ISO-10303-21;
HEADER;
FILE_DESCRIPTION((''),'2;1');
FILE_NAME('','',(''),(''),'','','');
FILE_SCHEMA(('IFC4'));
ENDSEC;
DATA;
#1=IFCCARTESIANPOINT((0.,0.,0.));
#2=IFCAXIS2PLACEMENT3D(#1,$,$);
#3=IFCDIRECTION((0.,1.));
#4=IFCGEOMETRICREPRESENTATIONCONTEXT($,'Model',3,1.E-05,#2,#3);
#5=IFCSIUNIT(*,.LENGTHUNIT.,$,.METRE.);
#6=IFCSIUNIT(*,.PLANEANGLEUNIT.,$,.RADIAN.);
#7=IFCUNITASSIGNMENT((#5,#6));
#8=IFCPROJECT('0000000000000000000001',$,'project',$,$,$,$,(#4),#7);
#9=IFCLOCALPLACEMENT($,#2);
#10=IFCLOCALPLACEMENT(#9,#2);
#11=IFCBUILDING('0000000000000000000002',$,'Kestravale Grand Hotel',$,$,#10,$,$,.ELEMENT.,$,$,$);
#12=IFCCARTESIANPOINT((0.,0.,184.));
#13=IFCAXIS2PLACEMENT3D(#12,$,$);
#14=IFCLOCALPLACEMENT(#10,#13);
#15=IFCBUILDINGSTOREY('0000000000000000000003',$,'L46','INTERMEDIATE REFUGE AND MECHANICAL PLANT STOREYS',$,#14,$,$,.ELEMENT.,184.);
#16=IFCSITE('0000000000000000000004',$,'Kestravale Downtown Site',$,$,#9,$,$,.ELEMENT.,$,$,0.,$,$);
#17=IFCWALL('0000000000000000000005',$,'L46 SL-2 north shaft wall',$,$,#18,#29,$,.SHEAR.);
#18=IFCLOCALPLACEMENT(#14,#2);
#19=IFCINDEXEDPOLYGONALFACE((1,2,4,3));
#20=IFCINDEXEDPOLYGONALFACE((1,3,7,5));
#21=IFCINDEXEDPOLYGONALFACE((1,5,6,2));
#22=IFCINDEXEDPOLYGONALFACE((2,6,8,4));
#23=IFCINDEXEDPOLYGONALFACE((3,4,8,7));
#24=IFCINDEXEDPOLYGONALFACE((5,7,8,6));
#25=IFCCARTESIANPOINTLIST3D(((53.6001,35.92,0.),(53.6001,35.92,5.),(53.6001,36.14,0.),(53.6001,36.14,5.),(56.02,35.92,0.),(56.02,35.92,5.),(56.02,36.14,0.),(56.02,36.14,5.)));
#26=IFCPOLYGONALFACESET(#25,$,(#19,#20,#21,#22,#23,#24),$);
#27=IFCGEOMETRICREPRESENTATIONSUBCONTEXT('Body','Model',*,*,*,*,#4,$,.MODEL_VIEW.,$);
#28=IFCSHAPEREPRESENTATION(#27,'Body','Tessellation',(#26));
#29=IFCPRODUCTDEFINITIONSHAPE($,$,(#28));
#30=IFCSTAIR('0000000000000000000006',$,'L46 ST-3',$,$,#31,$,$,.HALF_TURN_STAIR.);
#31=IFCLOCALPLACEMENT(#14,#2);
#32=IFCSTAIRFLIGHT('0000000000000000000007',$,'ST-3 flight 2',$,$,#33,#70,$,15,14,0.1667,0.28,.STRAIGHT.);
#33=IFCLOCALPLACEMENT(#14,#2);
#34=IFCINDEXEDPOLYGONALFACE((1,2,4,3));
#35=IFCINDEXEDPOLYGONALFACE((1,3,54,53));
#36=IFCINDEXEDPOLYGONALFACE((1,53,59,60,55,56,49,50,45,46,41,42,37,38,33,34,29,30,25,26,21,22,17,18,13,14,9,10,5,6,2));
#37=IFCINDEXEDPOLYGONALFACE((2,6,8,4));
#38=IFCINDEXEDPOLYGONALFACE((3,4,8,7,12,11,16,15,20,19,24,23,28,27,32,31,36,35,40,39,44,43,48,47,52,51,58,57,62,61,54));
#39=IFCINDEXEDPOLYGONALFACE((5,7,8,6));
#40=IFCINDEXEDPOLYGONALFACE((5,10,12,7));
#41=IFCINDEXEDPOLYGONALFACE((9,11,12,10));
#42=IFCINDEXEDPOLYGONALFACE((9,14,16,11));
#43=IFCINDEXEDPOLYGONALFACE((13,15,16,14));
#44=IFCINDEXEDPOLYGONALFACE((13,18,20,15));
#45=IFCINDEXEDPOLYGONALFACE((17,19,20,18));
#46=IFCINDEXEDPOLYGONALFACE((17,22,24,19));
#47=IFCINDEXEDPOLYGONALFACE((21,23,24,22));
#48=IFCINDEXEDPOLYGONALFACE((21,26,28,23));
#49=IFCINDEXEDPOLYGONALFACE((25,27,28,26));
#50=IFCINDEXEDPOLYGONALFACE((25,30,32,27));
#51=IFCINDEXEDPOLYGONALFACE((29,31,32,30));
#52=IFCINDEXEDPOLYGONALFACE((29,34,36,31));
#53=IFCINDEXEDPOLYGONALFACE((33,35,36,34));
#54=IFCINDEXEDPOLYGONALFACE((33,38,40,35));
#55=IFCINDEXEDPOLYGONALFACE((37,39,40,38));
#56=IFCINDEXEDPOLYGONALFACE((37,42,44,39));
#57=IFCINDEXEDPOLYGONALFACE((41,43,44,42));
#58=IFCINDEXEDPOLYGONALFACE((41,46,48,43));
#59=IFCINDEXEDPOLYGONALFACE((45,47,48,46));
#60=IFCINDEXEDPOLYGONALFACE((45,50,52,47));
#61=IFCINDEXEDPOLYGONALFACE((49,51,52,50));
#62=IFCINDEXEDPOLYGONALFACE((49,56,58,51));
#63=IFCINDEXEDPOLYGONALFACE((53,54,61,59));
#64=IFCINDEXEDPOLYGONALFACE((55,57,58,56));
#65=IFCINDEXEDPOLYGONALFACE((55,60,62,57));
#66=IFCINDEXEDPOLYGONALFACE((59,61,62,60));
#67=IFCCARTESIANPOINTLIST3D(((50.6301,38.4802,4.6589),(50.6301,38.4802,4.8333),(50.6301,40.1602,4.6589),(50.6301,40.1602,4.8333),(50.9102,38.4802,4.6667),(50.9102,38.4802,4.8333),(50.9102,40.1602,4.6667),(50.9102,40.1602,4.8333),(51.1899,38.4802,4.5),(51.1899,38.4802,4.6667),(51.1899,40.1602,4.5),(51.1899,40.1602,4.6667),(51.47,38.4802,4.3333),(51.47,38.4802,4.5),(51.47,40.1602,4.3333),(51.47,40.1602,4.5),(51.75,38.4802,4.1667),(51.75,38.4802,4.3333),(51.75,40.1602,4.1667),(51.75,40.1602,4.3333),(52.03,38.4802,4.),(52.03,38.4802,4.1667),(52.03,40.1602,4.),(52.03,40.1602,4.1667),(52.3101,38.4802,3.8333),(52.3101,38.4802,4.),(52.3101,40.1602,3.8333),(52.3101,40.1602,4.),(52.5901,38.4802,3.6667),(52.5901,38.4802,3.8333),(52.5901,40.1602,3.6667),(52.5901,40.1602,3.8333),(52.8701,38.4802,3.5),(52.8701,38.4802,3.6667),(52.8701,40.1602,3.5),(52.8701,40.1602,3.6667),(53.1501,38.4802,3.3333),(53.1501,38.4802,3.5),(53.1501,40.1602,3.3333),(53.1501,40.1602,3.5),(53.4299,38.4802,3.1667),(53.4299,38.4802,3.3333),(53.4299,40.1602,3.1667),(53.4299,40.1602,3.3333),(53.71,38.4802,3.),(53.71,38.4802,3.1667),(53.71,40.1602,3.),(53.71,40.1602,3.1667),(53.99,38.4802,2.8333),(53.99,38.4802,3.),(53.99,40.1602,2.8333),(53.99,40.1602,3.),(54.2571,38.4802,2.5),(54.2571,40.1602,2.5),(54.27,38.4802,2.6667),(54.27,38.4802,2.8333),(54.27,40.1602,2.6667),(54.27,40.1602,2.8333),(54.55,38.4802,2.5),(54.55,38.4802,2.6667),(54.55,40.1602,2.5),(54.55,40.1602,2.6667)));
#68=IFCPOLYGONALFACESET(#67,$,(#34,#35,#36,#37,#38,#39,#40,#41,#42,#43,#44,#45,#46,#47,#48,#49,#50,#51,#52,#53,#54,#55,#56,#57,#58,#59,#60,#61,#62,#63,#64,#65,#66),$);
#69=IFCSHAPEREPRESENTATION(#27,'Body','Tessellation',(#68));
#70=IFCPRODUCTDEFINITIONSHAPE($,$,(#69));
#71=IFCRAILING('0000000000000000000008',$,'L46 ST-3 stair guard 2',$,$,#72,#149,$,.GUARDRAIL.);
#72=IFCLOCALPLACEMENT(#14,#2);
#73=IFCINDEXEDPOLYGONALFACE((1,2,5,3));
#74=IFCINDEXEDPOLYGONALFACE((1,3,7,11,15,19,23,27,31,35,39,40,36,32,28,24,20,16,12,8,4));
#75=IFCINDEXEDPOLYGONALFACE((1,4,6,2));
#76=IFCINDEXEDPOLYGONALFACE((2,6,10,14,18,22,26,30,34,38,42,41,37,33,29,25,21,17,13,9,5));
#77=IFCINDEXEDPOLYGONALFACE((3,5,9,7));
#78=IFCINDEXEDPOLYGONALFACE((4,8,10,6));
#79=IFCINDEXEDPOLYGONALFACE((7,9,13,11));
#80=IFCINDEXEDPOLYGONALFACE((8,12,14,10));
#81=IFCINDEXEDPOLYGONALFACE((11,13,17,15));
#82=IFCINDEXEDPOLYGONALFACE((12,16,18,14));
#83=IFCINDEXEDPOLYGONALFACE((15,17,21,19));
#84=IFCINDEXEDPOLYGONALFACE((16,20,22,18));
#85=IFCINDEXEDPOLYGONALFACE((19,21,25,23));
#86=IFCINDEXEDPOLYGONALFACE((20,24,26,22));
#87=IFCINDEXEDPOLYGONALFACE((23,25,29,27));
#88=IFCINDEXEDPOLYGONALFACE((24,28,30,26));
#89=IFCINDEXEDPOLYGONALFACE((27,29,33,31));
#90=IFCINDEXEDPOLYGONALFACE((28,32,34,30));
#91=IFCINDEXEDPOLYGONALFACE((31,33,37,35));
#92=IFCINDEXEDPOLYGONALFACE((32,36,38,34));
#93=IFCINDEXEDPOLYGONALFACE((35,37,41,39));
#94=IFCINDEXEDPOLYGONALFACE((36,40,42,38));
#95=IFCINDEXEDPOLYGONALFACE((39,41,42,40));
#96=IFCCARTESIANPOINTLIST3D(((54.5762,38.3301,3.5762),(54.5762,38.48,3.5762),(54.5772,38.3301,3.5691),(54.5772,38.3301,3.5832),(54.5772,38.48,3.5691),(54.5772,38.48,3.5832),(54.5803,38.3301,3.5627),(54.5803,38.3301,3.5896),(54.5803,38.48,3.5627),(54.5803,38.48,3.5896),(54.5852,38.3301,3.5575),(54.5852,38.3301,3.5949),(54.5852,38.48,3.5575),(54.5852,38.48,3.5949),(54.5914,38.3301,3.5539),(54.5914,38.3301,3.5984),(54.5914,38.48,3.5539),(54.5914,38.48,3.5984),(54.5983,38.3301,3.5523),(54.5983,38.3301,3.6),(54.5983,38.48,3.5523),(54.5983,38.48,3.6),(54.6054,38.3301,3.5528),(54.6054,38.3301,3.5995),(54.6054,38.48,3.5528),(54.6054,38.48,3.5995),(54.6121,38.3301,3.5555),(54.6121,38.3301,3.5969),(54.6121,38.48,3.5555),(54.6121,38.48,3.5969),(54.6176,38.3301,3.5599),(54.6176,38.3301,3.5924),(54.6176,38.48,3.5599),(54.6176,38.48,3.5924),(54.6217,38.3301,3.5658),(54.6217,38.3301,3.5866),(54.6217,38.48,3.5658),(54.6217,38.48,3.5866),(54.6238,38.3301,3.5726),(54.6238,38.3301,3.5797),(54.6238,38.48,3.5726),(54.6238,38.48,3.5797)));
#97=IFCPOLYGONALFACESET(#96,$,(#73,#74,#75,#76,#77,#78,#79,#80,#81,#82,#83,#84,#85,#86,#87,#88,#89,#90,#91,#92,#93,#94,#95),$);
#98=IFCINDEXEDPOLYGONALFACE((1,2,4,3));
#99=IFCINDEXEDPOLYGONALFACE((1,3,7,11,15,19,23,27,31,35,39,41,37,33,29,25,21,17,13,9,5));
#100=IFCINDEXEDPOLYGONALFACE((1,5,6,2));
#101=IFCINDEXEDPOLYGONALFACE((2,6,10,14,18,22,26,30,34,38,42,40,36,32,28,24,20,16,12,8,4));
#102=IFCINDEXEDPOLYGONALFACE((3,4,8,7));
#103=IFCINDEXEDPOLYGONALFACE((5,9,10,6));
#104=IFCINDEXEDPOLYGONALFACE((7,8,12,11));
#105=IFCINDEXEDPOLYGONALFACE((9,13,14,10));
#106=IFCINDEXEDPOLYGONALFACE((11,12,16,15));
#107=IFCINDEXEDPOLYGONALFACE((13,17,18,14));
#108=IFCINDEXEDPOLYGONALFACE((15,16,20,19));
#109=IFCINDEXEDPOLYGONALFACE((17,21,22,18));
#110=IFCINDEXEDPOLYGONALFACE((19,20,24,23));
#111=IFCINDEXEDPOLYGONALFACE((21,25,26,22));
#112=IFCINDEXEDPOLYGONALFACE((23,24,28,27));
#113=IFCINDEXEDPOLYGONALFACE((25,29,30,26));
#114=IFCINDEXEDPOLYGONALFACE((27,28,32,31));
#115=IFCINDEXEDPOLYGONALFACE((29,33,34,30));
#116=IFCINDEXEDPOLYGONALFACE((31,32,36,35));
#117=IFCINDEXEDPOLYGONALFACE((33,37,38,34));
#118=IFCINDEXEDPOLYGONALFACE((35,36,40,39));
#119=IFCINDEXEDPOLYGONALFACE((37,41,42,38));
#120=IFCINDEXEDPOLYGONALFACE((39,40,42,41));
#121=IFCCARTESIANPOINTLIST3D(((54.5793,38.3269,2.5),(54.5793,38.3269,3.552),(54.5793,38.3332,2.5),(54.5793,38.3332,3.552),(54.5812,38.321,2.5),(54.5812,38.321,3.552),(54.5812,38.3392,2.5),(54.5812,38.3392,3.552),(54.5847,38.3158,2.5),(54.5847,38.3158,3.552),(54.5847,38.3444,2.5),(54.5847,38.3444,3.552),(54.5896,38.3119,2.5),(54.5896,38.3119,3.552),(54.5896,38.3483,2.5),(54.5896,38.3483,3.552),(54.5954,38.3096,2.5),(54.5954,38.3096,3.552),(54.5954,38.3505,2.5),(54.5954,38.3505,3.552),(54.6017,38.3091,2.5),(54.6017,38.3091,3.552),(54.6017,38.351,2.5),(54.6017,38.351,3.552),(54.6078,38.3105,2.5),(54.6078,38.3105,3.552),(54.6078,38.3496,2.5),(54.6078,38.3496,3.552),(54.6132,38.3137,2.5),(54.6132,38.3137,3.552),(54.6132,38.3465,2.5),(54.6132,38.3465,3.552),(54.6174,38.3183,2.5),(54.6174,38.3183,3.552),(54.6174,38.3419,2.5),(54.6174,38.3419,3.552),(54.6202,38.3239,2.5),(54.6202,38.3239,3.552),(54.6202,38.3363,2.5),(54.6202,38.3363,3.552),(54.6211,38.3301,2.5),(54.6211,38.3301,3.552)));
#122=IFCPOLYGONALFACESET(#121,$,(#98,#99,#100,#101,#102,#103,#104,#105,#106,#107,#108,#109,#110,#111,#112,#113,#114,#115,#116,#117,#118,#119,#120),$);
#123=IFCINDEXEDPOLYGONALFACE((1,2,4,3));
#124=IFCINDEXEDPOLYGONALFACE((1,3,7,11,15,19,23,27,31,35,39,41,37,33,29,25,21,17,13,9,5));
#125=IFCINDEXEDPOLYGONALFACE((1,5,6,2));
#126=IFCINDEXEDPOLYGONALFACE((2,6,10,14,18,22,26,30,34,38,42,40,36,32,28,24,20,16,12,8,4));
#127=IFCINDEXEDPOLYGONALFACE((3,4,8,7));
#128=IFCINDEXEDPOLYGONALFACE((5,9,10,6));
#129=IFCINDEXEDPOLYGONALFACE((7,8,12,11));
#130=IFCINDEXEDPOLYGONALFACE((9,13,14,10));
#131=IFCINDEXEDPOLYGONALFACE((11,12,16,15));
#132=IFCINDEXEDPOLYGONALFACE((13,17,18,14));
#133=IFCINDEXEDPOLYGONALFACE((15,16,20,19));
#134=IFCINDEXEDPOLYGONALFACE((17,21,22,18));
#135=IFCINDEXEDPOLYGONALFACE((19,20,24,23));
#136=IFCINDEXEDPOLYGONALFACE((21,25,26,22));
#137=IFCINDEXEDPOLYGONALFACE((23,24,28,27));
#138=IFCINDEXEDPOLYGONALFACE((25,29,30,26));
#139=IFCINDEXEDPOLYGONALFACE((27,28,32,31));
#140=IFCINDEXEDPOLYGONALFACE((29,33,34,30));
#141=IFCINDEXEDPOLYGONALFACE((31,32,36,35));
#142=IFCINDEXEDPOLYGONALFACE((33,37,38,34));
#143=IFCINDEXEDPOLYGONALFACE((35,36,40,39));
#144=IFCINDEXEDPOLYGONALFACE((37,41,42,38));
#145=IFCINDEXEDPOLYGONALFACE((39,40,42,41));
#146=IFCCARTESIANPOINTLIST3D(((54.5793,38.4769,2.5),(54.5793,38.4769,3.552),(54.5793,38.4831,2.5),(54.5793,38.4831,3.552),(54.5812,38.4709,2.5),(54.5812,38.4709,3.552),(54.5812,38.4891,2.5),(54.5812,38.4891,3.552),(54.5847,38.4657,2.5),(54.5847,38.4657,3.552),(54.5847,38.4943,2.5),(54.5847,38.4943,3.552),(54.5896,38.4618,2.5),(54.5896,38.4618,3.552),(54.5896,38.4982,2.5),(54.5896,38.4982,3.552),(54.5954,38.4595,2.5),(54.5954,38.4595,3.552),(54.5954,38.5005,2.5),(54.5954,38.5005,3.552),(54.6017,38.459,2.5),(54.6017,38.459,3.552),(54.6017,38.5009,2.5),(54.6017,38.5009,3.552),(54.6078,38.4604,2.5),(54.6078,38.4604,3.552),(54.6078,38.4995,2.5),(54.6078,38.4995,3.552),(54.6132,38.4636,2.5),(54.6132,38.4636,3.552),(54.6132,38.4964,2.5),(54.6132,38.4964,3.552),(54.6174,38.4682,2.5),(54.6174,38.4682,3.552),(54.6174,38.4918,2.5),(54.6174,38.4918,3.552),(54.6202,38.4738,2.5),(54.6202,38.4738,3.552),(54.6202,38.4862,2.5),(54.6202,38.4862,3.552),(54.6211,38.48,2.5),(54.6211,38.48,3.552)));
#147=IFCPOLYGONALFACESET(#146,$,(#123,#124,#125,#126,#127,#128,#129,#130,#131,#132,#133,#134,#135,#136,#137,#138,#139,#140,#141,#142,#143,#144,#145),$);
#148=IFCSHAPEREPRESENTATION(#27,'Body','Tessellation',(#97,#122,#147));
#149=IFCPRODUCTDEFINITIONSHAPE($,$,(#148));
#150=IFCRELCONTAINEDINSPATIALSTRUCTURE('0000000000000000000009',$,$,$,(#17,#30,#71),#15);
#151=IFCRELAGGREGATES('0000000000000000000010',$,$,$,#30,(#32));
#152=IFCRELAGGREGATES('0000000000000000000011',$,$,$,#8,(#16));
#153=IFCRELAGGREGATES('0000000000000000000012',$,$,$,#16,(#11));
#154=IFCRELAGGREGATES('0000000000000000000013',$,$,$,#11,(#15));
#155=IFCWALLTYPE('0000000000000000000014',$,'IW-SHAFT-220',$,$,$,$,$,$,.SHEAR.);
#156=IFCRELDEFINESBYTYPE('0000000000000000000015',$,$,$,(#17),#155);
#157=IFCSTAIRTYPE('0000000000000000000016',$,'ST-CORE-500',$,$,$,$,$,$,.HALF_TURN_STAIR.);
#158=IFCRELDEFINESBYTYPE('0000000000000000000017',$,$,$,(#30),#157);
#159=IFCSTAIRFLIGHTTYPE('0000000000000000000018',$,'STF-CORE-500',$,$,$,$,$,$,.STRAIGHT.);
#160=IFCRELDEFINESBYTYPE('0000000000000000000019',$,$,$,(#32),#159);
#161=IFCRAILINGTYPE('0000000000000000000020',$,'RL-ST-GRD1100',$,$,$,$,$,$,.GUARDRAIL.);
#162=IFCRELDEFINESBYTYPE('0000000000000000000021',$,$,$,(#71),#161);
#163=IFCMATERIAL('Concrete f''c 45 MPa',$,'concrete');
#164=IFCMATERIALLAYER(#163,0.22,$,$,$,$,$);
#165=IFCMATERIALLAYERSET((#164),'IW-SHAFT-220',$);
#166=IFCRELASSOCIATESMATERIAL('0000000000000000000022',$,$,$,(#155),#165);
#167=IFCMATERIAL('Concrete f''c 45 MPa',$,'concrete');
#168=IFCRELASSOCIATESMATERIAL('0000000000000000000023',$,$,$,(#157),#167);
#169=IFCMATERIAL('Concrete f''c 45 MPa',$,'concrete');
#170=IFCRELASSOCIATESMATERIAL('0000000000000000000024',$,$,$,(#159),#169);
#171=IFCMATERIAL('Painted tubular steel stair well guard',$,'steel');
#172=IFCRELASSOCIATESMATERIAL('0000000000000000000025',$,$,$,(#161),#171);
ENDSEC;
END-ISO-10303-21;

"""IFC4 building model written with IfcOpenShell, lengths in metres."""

from ifc_helpers import new_model, si_unit, direction, frame, frame_2d, origin, origin_2d, place, context, subcontext, project, spatial, polyline, rectangle, circle, outline, extrude, material, layer, layer_set, type_object, element, aggregate, save


model = new_model("IFC4")

# Units and contexts
model_context = context("Model", 3, precision=1e-05, world=origin(), true_north=direction((0.0, 1.0)))
body_context = subcontext(model_context, "Body", "Model", "MODEL_VIEW")
ifc_project = project(units=[si_unit("LENGTHUNIT", "METRE"), si_unit("PLANEANGLEUNIT", "RADIAN")], contexts=[model_context])

# Site, building, storey
site_placement = place(None, origin())
site = spatial("IfcSite", under=ifc_project, at=site_placement, Name="Kestravale Downtown Site", CompositionType="ELEMENT", RefElevation=0.0)
building_placement = place(site_placement, origin())
building = spatial("IfcBuilding", under=site, at=building_placement, Name="Kestravale Grand Hotel", CompositionType="ELEMENT")
storey_placement = place(building_placement, frame((0.0, 0.0, 184.0)))
storey = spatial("IfcBuildingStorey", under=building, at=storey_placement, Name="L46", Description="INTERMEDIATE REFUGE AND MECHANICAL PLANT STOREYS", CompositionType="ELEMENT", Elevation=184.0)

# Shared definitions
ifc_material_1 = material(Name="Concrete f'c 45 MPa", Category="concrete")
ifc_layer_1 = layer(ifc_material_1, 0.22)
ifc_layer_set_1 = layer_set([ifc_layer_1], Name="IW-SHAFT-220")
wall_type_1 = type_object("IfcWallType", Name="IW-SHAFT-220", PredefinedType="SHEAR", material=ifc_layer_set_1)

# Wall
wall_1_placement = place(storey_placement, frame((53.6001, 36.03, 0.0), z_axis=(0.0, 0.0, 1.0), x_axis=(1.0, 0.0, 0.0)))
element("IfcWall", 1, at=wall_1_placement, inside=storey, type_object=wall_type_1, Name="L46 SL-2 north shaft wall", PredefinedType="SHEAR", context=body_context, shape_type="SweptSolid", body=[
    extrude(rectangle(XDim=2.4199, YDim=0.22, at=frame_2d((1.21, 0.0))), origin(), (0.0, 0.0, 1.0), 5.0),
])

# Stair, stair flight
ifc_material_2 = material(Name="Concrete f'c 45 MPa", Category="concrete")
stair_type = type_object("IfcStairType", Name="ST-CORE-500", PredefinedType="HALF_TURN_STAIR", material=ifc_material_2)
stair_placement = place(storey_placement, origin())
stair = element("IfcStair", 2, at=stair_placement, inside=storey, type_object=stair_type, Name="L46 ST-3", PredefinedType="HALF_TURN_STAIR")
ifc_material_3 = material(Name="Concrete f'c 45 MPa", Category="concrete")
stair_flight_type = type_object("IfcStairFlightType", Name="STF-CORE-500", PredefinedType="STRAIGHT", material=ifc_material_3)
stair_flight_placement = place(storey_placement, frame((54.55, 39.3201, 2.5), z_axis=(0.0, 0.0, 1.0), x_axis=(-1.0, 0.0, 0.0)))
stair_flight = element("IfcStairFlight", 3, at=stair_flight_placement, type_object=stair_flight_type, Name="ST-3 flight 2", NumberOfRisers=15, NumberOfTreads=14, PredefinedType="STRAIGHT", RiserHeight=0.1667, TreadLength=0.28, context=body_context, shape_type="SweptSolid", body=[
    extrude(outline(polyline([(0.0, 0.0), (0.0, 0.1667), (0.28, 0.1667), (0.28, 0.3333), (0.5601, 0.3333), (0.5601, 0.5), (0.8401, 0.5), (0.8401, 0.6667), (1.1201, 0.6667), (1.1201, 0.8333), (1.3999, 0.8333), (1.3999, 1.0), (1.6799, 1.0), (1.6799, 1.1667), (1.96, 1.1667), (1.96, 1.3333), (2.24, 1.3333), (2.24, 1.5), (2.52, 1.5), (2.52, 1.6667), (2.8, 1.6667), (2.8, 1.8333), (3.0801, 1.8333), (3.0801, 2.0), (3.3601, 2.0), (3.3601, 2.1667), (3.6399, 2.1667), (3.6399, 2.3333), (3.9199, 2.3333), (3.9199, 2.5), (3.9199, 2.1589), (0.293, 0.0), (0.0, 0.0)])), frame((0.0, 0.8398, 0.0), z_axis=(0.0, -1.0, 0.0), x_axis=(1.0, 0.0, 0.0)), (0.0, 0.0, 1.0), 1.6799),
])
aggregate(stair, [stair_flight])

# Railing
ifc_material_4 = material(Name="Painted tubular steel stair well guard", Category="steel")
railing_type_1 = type_object("IfcRailingType", Name="RL-ST-GRD1100", PredefinedType="GUARDRAIL", material=ifc_material_4)
railing_1_placement = place(storey_placement, frame((54.6001, 38.3301, 2.5)))
element("IfcRailing", 4, at=railing_1_placement, inside=storey, type_object=railing_type_1, Name="L46 ST-3 stair guard 2", PredefinedType="GUARDRAIL", context=body_context, shape_type="SweptSolid", body=[
    extrude(circle(Radius=0.0239, at=origin_2d()), frame((0.0, 0.0, 1.0762), z_axis=(0.0, 1.0, 0.0), x_axis=(-1.0, 0.0, 0.0)), (0.0, 0.0, 1.0), 0.1499),
    extrude(circle(Radius=0.021, at=origin_2d()), origin(), (0.0, 0.0, 1.0), 1.052),
    extrude(circle(Radius=0.021, at=origin_2d()), frame((0.0, 0.1499, 0.0)), (0.0, 0.0, 1.0), 1.052),
])

save(model, "model.ifc")
